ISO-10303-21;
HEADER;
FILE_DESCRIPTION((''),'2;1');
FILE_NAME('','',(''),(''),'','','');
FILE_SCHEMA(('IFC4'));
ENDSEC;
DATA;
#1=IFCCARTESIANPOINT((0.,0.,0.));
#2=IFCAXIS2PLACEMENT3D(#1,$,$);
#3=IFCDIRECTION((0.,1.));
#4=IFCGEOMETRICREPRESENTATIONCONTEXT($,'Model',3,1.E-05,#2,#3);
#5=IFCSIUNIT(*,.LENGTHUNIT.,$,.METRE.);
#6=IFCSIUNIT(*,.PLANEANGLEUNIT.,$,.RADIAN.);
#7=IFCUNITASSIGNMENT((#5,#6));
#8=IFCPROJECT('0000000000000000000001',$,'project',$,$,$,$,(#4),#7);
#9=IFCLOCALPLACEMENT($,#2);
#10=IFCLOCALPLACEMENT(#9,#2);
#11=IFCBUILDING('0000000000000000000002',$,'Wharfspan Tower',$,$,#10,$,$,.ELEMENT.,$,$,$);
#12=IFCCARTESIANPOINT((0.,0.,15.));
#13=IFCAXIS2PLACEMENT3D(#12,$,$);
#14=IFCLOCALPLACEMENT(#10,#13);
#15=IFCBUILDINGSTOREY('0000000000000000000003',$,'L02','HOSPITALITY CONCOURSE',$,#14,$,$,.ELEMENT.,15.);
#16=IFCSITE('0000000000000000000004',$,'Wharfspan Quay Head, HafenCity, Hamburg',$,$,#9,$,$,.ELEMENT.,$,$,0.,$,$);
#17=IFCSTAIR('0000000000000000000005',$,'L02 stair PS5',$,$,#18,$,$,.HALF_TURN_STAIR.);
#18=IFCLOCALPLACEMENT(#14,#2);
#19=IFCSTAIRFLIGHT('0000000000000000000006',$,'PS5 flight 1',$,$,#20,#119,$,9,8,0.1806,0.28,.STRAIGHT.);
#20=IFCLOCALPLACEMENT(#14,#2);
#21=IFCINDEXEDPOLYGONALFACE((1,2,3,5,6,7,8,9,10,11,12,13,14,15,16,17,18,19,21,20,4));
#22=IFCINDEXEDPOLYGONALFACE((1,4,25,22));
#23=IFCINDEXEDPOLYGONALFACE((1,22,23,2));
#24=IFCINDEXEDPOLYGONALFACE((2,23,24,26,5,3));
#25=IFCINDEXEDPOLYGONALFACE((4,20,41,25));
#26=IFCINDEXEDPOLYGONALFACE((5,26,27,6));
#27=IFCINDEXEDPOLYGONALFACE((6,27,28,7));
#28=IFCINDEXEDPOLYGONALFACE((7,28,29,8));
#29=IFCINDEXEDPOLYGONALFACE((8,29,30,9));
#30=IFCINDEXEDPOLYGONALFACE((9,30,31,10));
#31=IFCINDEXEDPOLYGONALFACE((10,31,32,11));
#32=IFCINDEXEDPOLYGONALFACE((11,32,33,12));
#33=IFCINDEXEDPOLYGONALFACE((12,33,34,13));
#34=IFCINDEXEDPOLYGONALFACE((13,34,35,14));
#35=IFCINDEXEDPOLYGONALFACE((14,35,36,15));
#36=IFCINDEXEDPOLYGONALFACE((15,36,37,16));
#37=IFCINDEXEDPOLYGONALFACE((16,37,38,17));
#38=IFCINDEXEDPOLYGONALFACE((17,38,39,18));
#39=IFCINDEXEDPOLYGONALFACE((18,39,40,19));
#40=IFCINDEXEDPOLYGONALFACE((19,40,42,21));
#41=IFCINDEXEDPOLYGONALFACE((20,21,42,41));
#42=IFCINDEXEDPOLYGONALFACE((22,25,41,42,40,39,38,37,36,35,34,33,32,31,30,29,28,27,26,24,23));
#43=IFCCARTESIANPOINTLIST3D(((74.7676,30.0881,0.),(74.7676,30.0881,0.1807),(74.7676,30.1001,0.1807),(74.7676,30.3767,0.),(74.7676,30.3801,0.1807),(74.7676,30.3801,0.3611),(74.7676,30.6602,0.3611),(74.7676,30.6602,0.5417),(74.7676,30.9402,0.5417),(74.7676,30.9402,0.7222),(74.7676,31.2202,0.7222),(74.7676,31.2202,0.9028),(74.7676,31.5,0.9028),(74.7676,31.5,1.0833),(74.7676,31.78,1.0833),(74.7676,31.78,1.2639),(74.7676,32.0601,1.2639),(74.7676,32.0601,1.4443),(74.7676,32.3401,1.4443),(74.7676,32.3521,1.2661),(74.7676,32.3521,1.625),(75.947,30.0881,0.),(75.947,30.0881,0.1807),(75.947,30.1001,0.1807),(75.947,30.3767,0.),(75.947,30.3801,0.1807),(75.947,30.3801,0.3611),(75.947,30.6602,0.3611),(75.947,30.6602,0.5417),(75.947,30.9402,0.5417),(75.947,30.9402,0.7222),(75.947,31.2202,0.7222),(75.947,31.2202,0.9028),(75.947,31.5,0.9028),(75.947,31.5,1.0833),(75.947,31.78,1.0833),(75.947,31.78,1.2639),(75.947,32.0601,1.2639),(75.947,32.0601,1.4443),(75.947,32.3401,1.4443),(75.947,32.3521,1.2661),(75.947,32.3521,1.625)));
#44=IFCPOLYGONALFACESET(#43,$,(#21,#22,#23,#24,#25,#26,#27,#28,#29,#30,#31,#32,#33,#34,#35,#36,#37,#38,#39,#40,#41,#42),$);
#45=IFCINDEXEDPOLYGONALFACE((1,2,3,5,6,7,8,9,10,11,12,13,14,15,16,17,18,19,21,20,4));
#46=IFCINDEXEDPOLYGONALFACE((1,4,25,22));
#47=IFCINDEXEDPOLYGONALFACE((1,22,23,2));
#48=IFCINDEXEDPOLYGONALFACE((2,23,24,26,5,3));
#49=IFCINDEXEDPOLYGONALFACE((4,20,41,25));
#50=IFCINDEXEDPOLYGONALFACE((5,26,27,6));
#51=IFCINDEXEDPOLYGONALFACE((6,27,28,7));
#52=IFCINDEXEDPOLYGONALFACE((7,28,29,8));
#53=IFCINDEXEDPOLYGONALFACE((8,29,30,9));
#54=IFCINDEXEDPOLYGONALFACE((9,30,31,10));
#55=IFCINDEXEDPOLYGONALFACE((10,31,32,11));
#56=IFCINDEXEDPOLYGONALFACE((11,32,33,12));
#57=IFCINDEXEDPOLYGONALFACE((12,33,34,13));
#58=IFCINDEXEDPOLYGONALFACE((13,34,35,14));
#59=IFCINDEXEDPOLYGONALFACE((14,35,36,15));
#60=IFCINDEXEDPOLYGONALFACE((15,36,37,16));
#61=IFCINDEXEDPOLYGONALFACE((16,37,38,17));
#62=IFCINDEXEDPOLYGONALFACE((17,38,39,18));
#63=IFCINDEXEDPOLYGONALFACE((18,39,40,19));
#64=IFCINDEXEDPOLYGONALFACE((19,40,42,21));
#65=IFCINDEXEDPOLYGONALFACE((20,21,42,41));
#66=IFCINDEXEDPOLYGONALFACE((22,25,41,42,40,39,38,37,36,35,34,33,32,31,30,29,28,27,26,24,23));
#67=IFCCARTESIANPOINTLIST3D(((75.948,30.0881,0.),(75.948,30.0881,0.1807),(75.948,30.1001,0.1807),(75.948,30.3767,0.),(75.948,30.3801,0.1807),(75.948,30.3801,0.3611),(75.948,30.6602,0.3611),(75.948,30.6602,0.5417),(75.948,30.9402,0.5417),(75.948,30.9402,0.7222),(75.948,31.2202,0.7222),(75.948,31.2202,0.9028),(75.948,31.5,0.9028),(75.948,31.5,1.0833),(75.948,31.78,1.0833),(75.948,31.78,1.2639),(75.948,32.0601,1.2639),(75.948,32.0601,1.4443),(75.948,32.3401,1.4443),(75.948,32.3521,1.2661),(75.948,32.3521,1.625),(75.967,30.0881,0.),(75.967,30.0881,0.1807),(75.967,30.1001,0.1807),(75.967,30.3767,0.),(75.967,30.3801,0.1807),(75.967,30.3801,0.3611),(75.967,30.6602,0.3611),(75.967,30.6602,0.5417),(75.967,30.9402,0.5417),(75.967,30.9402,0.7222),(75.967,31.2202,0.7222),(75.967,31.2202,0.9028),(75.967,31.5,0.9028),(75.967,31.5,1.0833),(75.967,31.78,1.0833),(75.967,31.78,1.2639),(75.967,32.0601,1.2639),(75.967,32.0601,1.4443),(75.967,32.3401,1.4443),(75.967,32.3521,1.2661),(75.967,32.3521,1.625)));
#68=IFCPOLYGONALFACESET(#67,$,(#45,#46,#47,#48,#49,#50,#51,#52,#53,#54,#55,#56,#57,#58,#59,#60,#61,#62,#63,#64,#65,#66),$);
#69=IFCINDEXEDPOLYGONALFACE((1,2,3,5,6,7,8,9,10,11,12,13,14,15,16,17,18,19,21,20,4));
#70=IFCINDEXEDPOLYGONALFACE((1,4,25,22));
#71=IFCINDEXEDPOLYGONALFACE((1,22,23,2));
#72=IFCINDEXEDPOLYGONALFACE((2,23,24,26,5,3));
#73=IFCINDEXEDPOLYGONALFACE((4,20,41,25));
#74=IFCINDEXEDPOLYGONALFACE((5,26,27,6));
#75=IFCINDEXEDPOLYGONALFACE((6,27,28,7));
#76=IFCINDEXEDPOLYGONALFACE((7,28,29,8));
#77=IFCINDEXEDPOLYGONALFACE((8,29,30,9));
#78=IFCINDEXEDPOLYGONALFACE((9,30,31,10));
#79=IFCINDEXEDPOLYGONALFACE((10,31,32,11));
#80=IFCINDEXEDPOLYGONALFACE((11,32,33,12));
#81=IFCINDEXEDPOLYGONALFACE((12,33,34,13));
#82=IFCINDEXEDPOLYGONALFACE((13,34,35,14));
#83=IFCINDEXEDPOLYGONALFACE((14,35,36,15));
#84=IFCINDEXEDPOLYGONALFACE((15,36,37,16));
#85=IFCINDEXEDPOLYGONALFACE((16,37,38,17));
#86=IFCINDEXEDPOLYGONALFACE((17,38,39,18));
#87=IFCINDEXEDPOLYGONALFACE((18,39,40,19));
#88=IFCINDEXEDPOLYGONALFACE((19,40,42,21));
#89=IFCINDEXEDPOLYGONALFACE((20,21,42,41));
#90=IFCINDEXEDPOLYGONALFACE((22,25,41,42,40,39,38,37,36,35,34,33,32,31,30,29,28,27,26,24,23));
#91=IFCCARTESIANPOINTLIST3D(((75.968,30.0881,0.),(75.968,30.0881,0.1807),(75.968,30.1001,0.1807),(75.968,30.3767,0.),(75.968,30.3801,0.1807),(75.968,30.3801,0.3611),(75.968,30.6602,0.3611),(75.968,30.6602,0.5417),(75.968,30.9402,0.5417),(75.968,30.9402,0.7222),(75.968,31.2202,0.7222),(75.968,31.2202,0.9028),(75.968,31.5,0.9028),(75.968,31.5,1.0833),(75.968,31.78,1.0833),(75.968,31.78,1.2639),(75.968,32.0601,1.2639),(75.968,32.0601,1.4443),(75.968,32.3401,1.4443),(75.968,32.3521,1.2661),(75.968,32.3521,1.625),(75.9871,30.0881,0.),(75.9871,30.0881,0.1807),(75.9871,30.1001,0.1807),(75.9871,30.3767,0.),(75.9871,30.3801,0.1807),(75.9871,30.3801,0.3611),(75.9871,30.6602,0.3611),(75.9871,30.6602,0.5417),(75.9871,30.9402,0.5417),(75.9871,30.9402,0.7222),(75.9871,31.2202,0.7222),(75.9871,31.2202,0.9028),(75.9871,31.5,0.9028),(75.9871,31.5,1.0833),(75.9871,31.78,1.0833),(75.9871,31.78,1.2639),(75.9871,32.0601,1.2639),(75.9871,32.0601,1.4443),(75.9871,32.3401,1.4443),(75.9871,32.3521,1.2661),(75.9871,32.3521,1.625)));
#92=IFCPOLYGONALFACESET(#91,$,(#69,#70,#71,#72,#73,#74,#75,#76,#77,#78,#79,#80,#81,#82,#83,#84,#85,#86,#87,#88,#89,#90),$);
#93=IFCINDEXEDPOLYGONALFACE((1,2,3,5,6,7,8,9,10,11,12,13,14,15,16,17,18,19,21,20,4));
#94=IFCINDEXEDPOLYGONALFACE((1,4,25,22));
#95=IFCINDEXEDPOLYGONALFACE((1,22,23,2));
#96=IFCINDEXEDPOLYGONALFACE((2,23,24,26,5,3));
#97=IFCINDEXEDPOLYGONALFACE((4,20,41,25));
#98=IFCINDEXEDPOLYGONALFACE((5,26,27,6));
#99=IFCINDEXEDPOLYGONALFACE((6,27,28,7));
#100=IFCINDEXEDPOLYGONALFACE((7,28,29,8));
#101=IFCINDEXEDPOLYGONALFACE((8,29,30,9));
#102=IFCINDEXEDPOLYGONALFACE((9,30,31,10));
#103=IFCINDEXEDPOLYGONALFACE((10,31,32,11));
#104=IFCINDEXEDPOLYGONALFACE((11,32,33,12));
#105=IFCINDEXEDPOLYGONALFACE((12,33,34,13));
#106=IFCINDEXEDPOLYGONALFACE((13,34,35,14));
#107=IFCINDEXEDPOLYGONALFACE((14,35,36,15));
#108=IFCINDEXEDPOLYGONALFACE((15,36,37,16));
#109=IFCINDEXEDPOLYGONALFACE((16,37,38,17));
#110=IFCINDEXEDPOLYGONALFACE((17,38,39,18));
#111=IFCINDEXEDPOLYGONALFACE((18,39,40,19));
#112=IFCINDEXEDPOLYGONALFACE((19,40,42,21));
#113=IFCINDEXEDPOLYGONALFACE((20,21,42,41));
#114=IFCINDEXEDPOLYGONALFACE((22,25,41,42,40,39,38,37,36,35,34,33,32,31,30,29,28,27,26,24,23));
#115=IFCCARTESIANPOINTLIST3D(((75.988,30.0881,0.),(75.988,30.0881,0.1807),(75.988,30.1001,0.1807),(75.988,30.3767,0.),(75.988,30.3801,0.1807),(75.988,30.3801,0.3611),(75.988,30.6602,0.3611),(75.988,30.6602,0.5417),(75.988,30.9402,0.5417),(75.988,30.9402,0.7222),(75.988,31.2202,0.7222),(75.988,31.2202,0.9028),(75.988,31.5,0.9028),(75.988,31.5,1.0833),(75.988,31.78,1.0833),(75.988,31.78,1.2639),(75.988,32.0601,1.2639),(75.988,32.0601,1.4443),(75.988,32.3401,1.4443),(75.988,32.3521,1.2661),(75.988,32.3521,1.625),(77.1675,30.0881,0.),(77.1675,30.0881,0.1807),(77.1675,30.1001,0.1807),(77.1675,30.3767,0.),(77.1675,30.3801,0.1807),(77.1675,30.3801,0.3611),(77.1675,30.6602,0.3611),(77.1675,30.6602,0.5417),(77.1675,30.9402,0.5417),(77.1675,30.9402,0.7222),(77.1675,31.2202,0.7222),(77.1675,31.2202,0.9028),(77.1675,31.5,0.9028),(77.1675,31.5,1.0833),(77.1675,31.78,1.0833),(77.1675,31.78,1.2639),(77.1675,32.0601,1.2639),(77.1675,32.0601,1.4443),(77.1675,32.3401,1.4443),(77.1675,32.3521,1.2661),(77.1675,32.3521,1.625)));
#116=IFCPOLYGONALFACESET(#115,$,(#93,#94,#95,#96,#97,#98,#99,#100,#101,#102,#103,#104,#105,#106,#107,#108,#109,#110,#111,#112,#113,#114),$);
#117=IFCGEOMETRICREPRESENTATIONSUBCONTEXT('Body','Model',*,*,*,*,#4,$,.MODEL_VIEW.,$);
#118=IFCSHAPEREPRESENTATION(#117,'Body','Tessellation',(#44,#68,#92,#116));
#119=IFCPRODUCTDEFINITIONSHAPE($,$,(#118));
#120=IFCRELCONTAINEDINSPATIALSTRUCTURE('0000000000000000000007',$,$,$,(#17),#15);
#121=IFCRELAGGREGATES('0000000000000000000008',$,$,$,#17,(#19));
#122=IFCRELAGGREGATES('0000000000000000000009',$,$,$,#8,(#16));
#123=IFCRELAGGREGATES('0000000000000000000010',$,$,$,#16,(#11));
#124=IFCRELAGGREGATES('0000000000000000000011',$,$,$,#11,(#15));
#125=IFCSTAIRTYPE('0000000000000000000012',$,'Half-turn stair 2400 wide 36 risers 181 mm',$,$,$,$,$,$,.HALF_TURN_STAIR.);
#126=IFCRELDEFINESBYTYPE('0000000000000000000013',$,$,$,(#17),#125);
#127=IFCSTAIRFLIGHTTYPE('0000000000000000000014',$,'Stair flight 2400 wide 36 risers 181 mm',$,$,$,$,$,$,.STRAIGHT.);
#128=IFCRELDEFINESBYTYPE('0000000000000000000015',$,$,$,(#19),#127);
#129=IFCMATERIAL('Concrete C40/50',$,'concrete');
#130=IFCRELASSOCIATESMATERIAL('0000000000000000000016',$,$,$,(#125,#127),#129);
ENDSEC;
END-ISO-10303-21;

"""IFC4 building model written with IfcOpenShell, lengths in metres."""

from ifc_helpers import new_model, si_unit, direction, frame, origin, place, context, subcontext, project, spatial, polyline, outline, extrude, material, type_object, element, aggregate, save


model = new_model("IFC4")

# Units and contexts
model_context = context("Model", 3, precision=1e-05, world=origin(), true_north=direction((0.0, 1.0)))
body_context = subcontext(model_context, "Body", "Model", "MODEL_VIEW")
ifc_project = project(units=[si_unit("LENGTHUNIT", "METRE"), si_unit("PLANEANGLEUNIT", "RADIAN")], contexts=[model_context])

# Site, building, storey
site_placement = place(None, origin())
site = spatial("IfcSite", under=ifc_project, at=site_placement, Name="Wharfspan Quay Head, HafenCity, Hamburg", CompositionType="ELEMENT", RefElevation=0.0)
building_placement = place(site_placement, origin())
building = spatial("IfcBuilding", under=site, at=building_placement, Name="Wharfspan Tower", CompositionType="ELEMENT")
storey_placement = place(building_placement, frame((0.0, 0.0, 15.0)))
storey = spatial("IfcBuildingStorey", under=building, at=storey_placement, Name="L02", Description="HOSPITALITY CONCOURSE", CompositionType="ELEMENT", Elevation=15.0)

# Shared definitions
ifc_material_1 = material(Name="Concrete C40/50", Category="concrete")

# Stair, stair flight
stair_type = type_object("IfcStairType", Name="Half-turn stair 2400 wide 36 risers 181 mm", PredefinedType="HALF_TURN_STAIR", material=ifc_material_1)
stair_placement = place(storey_placement, origin())
stair = element("IfcStair", 1, at=stair_placement, inside=storey, type_object=stair_type, Name="L02 stair PS5", PredefinedType="HALF_TURN_STAIR")
stair_flight_type = type_object("IfcStairFlightType", Name="Stair flight 2400 wide 36 risers 181 mm", PredefinedType="STRAIGHT", material=ifc_material_1)
stair_flight_1_placement = place(storey_placement, frame((75.9675, 30.1001, 0.0), z_axis=(0.0, 0.0, 1.0), x_axis=(0.0, 1.0, 0.0)))
stair_flight_1 = element("IfcStairFlight", 2, at=stair_flight_1_placement, type_object=stair_flight_type, Name="PS5 flight 1", NumberOfRisers=9, NumberOfTreads=8, PredefinedType="STRAIGHT", RiserHeight=0.1806, TreadLength=0.28, context=body_context, shape_type="SweptSolid", body=[
    extrude(outline(polyline([(-0.012, 0.0), (-0.012, 0.1807), (0.0, 0.1807), (0.28, 0.1807), (0.28, 0.3611), (0.5601, 0.3611), (0.5601, 0.5417), (0.8401, 0.5417), (0.8401, 0.7222), (1.1201, 0.7222), (1.1201, 0.9028), (1.3999, 0.9028), (1.3999, 1.0833), (1.6799, 1.0833), (1.6799, 1.2639), (1.96, 1.2639), (1.96, 1.4443), (2.24, 1.4443), (2.252, 1.625), (2.252, 1.2661), (0.2766, 0.0), (-0.012, 0.0)])), frame((0.0, 1.2, 0.0), z_axis=(0.0, -1.0, 0.0), x_axis=(1.0, 0.0, 0.0)), (0.0, 0.0, 1.0), 1.1794),
    extrude(outline(polyline([(-0.012, 0.0), (-0.012, 0.1807), (0.0, 0.1807), (0.28, 0.1807), (0.28, 0.3611), (0.5601, 0.3611), (0.5601, 0.5417), (0.8401, 0.5417), (0.8401, 0.7222), (1.1201, 0.7222), (1.1201, 0.9028), (1.3999, 0.9028), (1.3999, 1.0833), (1.6799, 1.0833), (1.6799, 1.2639), (1.96, 1.2639), (1.96, 1.4443), (2.24, 1.4443), (2.252, 1.625), (2.252, 1.2661), (0.2766, 0.0), (-0.012, 0.0)])), frame((0.0, 0.0195, 0.0), z_axis=(0.0, -1.0, 0.0), x_axis=(1.0, 0.0, 0.0)), (0.0, 0.0, 1.0), 0.019),
    extrude(outline(polyline([(-0.012, 0.0), (-0.012, 0.1807), (0.0, 0.1807), (0.28, 0.1807), (0.28, 0.3611), (0.5601, 0.3611), (0.5601, 0.5417), (0.8401, 0.5417), (0.8401, 0.7222), (1.1201, 0.7222), (1.1201, 0.9028), (1.3999, 0.9028), (1.3999, 1.0833), (1.6799, 1.0833), (1.6799, 1.2639), (1.96, 1.2639), (1.96, 1.4443), (2.24, 1.4443), (2.252, 1.625), (2.252, 1.2661), (0.2766, 0.0), (-0.012, 0.0)])), frame((0.0, -0.0005, 0.0), z_axis=(0.0, -1.0, 0.0), x_axis=(1.0, 0.0, 0.0)), (0.0, 0.0, 1.0), 0.019),
    extrude(outline(polyline([(-0.012, 0.0), (-0.012, 0.1807), (0.0, 0.1807), (0.28, 0.1807), (0.28, 0.3611), (0.5601, 0.3611), (0.5601, 0.5417), (0.8401, 0.5417), (0.8401, 0.7222), (1.1201, 0.7222), (1.1201, 0.9028), (1.3999, 0.9028), (1.3999, 1.0833), (1.6799, 1.0833), (1.6799, 1.2639), (1.96, 1.2639), (1.96, 1.4443), (2.24, 1.4443), (2.252, 1.625), (2.252, 1.2661), (0.2766, 0.0), (-0.012, 0.0)])), frame((0.0, -0.0205, 0.0), z_axis=(0.0, -1.0, 0.0), x_axis=(1.0, 0.0, 0.0)), (0.0, 0.0, 1.0), 1.1794),
])
aggregate(stair, [stair_flight_1])

save(model, "model.ifc")
